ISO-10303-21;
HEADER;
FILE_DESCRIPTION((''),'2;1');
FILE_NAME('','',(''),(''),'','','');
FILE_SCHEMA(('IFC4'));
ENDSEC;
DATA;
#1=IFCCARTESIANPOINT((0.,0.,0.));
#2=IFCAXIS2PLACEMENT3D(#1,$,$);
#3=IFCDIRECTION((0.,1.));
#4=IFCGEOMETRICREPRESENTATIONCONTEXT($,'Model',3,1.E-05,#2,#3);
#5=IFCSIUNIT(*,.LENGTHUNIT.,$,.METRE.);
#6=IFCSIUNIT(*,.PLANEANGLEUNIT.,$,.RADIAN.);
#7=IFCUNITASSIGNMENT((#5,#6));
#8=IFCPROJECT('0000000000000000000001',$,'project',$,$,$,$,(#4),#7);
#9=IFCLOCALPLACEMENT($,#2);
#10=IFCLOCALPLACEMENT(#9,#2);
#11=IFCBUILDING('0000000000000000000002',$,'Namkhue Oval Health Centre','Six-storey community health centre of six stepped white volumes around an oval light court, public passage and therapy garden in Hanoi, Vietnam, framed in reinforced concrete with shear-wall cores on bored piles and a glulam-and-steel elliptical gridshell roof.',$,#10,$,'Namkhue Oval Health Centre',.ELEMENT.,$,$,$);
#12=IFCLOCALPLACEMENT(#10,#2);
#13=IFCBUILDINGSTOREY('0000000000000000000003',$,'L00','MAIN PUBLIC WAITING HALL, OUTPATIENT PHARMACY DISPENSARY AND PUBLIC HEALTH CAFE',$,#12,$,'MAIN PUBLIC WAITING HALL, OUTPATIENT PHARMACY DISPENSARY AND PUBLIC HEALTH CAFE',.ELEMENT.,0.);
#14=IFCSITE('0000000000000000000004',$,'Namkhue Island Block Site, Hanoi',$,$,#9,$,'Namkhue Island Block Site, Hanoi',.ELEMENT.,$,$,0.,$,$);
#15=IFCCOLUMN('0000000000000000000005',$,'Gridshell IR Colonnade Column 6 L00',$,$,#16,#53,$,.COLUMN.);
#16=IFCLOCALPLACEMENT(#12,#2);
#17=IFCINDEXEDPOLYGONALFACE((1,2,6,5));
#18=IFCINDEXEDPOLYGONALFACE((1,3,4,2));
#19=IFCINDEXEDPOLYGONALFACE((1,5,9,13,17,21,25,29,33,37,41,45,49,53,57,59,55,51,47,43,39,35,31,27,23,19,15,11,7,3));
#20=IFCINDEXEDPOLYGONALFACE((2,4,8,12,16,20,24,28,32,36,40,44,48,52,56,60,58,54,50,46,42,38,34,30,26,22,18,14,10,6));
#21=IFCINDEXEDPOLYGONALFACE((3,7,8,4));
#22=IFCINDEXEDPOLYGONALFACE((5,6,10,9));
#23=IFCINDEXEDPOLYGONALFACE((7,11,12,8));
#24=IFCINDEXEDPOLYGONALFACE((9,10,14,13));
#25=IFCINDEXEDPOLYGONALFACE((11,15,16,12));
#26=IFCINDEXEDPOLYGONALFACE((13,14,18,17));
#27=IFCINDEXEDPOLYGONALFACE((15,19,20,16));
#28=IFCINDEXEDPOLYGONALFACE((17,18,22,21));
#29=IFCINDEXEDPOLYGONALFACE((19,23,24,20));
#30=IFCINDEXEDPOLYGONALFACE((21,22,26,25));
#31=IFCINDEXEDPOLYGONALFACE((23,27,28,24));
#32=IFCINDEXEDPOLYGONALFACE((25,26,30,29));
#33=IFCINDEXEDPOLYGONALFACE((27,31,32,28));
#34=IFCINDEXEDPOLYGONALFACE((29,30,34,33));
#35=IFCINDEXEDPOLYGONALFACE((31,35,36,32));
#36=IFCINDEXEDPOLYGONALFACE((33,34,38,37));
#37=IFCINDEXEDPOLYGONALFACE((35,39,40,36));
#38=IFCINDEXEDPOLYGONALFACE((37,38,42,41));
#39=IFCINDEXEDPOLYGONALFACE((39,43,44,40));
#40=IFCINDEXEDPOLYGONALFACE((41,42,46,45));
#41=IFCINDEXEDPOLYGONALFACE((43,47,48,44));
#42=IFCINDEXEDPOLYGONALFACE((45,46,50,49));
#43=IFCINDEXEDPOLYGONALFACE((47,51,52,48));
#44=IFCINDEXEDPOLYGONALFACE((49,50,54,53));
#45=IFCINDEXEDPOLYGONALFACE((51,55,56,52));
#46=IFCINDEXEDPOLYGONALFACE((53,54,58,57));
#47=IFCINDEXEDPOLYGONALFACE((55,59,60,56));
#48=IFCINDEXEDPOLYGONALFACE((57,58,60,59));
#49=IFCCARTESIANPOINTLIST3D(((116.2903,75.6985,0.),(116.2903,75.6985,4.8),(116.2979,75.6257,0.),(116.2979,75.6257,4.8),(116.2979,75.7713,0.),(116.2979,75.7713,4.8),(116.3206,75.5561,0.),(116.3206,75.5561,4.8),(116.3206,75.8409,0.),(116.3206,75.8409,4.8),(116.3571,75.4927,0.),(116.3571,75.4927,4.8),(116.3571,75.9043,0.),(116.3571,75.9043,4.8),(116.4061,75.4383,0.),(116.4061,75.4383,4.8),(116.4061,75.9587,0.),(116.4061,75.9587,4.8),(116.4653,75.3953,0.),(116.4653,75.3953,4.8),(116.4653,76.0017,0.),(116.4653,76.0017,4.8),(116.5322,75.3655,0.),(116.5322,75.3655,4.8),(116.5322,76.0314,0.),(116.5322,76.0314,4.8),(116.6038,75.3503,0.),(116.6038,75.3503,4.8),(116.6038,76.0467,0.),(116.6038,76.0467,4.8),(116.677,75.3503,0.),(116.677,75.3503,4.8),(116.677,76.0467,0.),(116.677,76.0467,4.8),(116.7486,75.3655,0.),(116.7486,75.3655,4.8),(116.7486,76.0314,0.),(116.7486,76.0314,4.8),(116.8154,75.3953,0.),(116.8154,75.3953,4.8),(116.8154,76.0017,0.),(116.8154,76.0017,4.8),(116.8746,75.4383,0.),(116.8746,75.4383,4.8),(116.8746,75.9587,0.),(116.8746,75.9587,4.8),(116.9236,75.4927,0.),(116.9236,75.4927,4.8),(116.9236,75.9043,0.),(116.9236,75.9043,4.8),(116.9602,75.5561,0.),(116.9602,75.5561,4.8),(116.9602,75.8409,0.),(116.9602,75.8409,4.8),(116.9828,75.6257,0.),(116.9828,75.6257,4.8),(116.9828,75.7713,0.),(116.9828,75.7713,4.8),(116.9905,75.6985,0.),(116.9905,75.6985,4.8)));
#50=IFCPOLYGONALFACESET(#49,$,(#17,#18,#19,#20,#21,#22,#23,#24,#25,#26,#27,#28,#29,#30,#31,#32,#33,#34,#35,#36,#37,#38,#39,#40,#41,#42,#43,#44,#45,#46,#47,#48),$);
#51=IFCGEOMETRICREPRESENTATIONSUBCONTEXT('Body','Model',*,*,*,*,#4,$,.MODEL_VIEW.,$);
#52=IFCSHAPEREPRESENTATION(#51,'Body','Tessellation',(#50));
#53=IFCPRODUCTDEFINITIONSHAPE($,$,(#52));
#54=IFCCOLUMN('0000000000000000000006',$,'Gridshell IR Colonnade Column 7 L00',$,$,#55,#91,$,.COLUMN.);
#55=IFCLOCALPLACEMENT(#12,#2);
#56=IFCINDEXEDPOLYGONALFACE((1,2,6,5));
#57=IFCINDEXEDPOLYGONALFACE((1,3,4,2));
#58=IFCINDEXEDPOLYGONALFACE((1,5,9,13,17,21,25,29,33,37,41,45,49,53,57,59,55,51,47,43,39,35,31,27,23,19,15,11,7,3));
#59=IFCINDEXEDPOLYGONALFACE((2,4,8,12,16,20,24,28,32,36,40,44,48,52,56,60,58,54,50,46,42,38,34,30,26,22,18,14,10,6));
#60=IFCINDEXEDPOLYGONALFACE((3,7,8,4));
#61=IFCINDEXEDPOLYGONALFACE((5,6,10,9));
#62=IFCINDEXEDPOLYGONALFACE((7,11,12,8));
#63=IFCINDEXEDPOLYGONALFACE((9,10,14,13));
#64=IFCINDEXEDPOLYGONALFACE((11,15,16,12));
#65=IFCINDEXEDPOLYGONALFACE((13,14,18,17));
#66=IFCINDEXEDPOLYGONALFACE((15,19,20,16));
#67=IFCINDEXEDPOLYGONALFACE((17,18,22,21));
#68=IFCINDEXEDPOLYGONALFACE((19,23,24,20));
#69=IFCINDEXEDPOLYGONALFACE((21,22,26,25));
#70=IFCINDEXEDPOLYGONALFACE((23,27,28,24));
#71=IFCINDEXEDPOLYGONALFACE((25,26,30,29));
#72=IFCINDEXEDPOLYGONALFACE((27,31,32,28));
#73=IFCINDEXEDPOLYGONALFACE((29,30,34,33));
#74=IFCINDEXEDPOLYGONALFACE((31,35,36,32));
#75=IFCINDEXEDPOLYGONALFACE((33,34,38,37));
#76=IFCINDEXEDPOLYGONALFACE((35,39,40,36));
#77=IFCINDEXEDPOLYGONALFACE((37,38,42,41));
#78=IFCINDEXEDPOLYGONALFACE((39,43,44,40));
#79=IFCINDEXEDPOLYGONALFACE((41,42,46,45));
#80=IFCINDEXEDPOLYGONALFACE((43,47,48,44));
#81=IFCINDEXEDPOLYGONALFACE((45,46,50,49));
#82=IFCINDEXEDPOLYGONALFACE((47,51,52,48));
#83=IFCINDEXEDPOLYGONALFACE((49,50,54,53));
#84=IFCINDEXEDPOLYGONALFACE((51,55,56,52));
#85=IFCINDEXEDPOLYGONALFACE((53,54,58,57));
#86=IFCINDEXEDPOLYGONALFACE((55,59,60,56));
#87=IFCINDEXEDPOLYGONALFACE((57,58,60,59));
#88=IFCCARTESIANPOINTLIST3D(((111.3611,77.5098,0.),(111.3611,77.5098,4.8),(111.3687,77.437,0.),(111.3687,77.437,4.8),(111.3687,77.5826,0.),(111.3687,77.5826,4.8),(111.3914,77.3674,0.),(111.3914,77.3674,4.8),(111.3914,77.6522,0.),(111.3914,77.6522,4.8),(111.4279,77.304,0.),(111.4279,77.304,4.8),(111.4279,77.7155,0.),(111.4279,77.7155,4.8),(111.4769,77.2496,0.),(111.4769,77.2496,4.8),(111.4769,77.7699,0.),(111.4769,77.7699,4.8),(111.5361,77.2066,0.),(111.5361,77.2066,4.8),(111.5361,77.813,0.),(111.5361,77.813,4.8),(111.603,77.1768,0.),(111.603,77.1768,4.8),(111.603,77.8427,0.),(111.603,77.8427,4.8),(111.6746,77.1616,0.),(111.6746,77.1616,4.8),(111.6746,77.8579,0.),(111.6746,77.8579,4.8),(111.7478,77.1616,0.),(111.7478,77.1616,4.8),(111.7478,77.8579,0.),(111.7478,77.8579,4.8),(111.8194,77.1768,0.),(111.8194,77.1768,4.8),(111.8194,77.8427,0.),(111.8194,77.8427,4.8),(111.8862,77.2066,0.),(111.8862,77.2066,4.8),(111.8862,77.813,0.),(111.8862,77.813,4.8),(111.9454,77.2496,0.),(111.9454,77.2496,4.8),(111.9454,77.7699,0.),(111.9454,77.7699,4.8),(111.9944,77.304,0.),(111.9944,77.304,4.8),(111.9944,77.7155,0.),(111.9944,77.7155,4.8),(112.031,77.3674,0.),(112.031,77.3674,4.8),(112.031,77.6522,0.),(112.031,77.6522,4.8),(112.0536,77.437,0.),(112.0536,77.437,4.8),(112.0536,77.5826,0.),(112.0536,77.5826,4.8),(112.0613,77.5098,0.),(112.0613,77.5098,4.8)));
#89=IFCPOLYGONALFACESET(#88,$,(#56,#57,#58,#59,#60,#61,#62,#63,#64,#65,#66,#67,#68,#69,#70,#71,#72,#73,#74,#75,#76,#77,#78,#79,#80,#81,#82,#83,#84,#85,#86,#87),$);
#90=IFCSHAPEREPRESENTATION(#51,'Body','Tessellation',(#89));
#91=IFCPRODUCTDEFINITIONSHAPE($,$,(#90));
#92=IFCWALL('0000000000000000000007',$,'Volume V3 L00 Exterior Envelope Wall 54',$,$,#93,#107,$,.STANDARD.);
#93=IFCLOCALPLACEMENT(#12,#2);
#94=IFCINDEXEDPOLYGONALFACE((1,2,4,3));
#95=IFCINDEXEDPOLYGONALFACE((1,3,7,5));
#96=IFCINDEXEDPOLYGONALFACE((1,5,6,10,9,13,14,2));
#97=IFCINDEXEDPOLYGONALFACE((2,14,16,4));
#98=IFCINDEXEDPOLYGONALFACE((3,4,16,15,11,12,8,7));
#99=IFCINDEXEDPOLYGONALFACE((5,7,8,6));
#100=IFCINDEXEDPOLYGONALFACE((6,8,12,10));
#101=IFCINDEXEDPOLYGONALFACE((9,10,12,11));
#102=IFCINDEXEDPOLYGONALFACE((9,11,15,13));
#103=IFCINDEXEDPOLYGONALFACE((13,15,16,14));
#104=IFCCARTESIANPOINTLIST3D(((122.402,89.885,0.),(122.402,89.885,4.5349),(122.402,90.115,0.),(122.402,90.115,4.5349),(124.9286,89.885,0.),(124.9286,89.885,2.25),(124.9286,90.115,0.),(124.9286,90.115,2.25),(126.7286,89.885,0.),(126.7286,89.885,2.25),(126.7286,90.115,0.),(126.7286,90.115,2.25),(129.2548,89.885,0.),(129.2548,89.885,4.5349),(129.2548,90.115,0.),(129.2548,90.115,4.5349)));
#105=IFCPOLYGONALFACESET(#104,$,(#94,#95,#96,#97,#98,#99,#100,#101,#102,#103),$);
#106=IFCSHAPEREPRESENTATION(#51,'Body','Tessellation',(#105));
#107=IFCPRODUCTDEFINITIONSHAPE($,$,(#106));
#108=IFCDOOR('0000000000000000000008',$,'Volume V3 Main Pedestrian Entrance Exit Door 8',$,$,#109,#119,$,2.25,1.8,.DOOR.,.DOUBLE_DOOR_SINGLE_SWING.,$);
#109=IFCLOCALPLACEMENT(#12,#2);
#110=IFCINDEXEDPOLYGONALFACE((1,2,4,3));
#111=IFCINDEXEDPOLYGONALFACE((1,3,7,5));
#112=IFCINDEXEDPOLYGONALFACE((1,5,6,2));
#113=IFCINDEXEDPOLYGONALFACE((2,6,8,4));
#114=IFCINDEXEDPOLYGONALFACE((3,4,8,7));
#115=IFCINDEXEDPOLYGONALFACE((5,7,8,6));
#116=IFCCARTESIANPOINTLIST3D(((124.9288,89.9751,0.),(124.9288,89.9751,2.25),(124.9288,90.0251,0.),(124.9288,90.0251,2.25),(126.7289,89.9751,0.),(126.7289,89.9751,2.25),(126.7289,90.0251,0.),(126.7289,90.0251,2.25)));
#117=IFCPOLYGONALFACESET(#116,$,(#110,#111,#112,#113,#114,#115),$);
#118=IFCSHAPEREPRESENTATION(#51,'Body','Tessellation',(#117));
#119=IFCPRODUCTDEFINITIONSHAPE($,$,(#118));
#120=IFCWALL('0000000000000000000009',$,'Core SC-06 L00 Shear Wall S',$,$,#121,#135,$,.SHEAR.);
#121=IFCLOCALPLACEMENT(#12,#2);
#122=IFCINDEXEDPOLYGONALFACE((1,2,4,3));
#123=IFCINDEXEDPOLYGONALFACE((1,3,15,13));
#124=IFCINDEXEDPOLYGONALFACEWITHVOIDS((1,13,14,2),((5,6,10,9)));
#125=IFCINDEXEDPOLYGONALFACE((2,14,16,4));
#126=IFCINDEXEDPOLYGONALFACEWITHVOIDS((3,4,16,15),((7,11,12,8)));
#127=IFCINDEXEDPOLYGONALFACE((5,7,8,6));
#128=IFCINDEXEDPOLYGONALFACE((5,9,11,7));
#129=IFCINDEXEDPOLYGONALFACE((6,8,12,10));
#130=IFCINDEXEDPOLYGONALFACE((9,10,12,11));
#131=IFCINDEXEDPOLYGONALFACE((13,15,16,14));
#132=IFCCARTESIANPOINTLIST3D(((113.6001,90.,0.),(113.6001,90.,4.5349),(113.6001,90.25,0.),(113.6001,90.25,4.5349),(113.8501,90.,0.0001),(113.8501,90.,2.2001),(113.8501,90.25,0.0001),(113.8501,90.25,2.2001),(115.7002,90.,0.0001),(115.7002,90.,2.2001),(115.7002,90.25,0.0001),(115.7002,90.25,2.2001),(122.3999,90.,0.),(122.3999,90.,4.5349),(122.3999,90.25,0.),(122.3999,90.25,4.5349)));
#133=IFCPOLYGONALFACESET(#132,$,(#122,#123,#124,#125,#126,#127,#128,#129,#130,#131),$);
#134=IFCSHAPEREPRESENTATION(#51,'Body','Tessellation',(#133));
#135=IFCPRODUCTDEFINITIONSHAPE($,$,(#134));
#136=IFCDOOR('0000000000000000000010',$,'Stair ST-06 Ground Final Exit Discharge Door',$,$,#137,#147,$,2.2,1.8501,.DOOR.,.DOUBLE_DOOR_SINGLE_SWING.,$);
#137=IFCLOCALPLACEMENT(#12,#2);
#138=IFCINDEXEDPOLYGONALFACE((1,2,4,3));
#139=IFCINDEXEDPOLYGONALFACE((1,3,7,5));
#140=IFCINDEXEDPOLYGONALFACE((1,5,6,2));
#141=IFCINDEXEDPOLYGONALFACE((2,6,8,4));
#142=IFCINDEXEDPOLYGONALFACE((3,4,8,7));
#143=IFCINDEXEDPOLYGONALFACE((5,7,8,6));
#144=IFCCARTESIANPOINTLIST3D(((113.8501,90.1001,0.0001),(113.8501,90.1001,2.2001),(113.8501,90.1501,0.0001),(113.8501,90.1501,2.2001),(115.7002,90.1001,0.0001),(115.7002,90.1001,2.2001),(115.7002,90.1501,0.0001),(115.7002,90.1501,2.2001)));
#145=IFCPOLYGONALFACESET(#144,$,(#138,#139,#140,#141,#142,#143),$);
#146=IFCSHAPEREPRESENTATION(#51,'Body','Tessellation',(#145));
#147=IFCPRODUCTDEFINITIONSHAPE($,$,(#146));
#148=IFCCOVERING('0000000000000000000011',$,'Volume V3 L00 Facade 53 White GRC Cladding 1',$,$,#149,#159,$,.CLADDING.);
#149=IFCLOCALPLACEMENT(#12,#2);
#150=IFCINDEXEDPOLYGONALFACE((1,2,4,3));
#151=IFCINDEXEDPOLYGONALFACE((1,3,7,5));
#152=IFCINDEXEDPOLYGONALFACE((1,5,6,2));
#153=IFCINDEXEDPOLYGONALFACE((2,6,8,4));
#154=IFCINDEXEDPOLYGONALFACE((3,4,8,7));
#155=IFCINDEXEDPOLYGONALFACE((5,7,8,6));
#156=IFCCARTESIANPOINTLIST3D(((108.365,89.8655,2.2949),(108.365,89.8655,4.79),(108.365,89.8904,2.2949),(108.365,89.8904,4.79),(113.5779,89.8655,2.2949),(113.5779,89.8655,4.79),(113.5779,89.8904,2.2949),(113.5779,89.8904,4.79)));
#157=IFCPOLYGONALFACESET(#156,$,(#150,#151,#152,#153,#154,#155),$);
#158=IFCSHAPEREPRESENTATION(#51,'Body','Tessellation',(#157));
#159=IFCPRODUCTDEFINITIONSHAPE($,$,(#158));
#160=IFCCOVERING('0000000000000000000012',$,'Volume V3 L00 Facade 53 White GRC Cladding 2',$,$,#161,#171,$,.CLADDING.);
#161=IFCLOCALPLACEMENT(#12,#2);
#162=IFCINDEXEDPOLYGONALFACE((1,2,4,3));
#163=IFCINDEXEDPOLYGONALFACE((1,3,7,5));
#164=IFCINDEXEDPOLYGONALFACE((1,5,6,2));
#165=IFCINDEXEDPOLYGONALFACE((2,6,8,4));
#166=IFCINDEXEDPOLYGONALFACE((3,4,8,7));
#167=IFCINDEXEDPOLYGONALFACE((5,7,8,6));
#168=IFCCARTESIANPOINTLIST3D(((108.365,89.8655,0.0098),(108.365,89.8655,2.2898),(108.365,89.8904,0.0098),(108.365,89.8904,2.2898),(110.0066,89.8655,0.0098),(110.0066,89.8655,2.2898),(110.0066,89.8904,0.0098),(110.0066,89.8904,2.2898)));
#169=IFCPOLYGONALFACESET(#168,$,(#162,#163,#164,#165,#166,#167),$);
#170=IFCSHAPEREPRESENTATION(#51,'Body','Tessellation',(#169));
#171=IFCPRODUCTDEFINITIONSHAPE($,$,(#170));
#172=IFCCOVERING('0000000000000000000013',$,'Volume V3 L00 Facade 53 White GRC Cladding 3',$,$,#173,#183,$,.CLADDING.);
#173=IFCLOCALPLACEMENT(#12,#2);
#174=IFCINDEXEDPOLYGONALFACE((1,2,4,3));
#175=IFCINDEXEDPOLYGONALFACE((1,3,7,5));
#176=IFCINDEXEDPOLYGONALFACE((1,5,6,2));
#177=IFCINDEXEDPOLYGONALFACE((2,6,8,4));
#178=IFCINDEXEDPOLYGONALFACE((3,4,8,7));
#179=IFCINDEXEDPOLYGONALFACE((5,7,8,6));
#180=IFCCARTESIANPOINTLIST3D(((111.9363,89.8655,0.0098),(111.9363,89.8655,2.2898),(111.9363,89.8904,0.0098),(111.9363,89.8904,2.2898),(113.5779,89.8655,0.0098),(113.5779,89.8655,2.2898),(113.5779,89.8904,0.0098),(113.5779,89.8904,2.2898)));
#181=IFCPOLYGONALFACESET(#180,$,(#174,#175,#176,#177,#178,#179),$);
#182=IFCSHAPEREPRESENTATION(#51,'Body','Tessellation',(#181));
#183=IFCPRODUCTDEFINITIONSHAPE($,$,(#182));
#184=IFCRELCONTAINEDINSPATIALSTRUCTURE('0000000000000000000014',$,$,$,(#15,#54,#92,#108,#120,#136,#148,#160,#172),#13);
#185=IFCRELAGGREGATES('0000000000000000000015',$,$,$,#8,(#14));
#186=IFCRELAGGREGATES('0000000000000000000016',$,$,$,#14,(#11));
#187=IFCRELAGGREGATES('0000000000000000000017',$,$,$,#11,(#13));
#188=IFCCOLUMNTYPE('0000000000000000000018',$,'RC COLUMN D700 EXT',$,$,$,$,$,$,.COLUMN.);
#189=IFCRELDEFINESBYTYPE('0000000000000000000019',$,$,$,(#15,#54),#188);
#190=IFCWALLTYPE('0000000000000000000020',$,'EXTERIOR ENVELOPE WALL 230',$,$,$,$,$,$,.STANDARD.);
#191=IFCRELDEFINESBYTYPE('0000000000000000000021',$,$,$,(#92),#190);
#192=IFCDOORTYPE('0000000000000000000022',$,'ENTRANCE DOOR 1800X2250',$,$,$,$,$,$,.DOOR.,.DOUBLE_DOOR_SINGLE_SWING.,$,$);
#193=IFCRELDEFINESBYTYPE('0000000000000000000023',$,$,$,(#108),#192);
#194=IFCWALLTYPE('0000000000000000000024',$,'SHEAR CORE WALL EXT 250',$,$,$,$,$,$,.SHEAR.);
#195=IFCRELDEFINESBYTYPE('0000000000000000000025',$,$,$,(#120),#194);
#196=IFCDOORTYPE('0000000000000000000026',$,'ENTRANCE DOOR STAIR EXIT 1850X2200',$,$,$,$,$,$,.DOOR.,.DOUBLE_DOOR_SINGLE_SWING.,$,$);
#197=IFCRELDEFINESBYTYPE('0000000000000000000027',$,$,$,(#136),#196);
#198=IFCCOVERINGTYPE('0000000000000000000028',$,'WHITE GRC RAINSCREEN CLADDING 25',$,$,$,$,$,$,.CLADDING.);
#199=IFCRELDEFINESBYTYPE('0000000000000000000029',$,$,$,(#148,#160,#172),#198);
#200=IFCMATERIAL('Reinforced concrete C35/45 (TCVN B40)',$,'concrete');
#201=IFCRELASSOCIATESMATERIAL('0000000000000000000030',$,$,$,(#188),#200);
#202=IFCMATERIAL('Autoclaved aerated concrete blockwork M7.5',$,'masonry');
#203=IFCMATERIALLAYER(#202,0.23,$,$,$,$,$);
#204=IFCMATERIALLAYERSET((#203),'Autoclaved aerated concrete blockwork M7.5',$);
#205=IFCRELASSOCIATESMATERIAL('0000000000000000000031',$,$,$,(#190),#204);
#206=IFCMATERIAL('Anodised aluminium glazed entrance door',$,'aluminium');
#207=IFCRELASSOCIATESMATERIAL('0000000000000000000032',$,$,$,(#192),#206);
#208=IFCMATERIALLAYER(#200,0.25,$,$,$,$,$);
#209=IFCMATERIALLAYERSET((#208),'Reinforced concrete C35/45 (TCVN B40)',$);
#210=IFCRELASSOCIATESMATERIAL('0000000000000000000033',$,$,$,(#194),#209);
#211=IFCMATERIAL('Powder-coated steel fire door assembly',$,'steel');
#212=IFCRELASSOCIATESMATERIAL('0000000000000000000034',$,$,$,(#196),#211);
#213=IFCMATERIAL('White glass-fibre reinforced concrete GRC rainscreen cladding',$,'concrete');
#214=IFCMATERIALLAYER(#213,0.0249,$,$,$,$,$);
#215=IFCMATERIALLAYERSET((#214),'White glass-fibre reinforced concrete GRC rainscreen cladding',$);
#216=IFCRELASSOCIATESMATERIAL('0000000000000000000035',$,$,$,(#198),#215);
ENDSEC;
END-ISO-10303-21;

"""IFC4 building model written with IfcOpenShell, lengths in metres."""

from ifc_helpers import new_model, si_unit, direction, frame, frame_2d, origin, origin_2d, place, context, subcontext, project, spatial, rectangle, circle, extrude, material, layer, layer_set, material_profile, profile_set, type_object, element, fill, save


model = new_model("IFC4")

# Units and contexts
model_context = context("Model", 3, precision=1e-05, world=origin(), true_north=direction((0.0, 1.0)))
body_context = subcontext(model_context, "Body", "Model", "MODEL_VIEW")
ifc_project = project(units=[si_unit("LENGTHUNIT", "METRE"), si_unit("PLANEANGLEUNIT", "RADIAN")], contexts=[model_context])

# Site, building, storey
site_placement = place(None, origin())
site = spatial("IfcSite", under=ifc_project, at=site_placement, Name="Namkhue Island Block Site, Hanoi", LongName="Namkhue Island Block Site, Hanoi", CompositionType="ELEMENT", RefElevation=0.0)
building_placement = place(site_placement, origin())
building = spatial("IfcBuilding", under=site, at=building_placement, Name="Namkhue Oval Health Centre", Description="Six-storey community health centre of six stepped white volumes around an oval light court, public passage and therapy garden in Hanoi, Vietnam, framed in reinforced concrete with shear-wall cores on bored piles and a glulam-and-steel elliptical gridshell roof.", LongName="Namkhue Oval Health Centre", CompositionType="ELEMENT")
storey_placement = place(building_placement, origin())
storey = spatial("IfcBuildingStorey", under=building, at=storey_placement, Name="L00", Description="MAIN PUBLIC WAITING HALL, OUTPATIENT PHARMACY DISPENSARY AND PUBLIC HEALTH CAFE", LongName="MAIN PUBLIC WAITING HALL, OUTPATIENT PHARMACY DISPENSARY AND PUBLIC HEALTH CAFE", CompositionType="ELEMENT", Elevation=0.0)

# Columns
ifc_material_1 = material(Name="Reinforced concrete C35/45 (TCVN B40)", Category="concrete")
ifc_material_profile_1 = material_profile(ifc_material_1, circle(Radius=0.3501, at=origin_2d()), Name="RC D700")
ifc_profile_set_1 = profile_set([ifc_material_profile_1], Name="Reinforced concrete C35/45 (TCVN B40)")
column_type = type_object("IfcColumnType", Name="RC COLUMN D700 EXT", PredefinedType="COLUMN", material=ifc_profile_set_1)
for number, where, z_axis, x_axis, name in (
    (1, (116.6404, 75.6985, 0.0), (0.0, 0.0, 1.0), (1.0, 0.0, 0.0), "Gridshell IR Colonnade Column 6 L00"),
    (2, (111.7112, 77.5098, 0.0), (0.0, 0.0, 1.0), (1.0, 0.0, 0.0), "Gridshell IR Colonnade Column 7 L00"),
):
    element("IfcColumn", number, at=place(storey_placement, frame(where, z_axis=z_axis, x_axis=x_axis)), inside=storey, type_object=column_type, Name=name, PredefinedType="COLUMN", context=body_context, shape_type="SweptSolid", body=[
        extrude(circle(Radius=0.3501, at=origin_2d()), origin(), (0.0, 0.0, 1.0), 4.8),
    ])

# Walls, openings, doors
ifc_material_2 = material(Name="Autoclaved aerated concrete blockwork M7.5", Category="masonry")
ifc_layer_1 = layer(ifc_material_2, 0.23)
ifc_layer_set_1 = layer_set([ifc_layer_1], Name="Autoclaved aerated concrete blockwork M7.5")
wall_type_1 = type_object("IfcWallType", Name="EXTERIOR ENVELOPE WALL 230", PredefinedType="STANDARD", material=ifc_layer_set_1)
wall_1_placement = place(storey_placement, frame((122.4021, 90.0, 0.0), z_axis=(0.0, 0.0, 1.0), x_axis=(1.0, 0.0, 0.0)))
wall_1 = element("IfcWall", 3, at=wall_1_placement, inside=storey, type_object=wall_type_1, Name="Volume V3 L00 Exterior Envelope Wall 54", PredefinedType="STANDARD", context=body_context, shape_type="SweptSolid", body=[
    extrude(rectangle(XDim=6.8528, YDim=0.23, at=frame_2d((3.4263, 0.0))), origin(), (0.0, 0.0, 1.0), 4.5349),
])
opening_1_placement = place(wall_1_placement, frame((2.5266, 0.0, 0.0)))
opening_1 = element("IfcOpeningElement", 4, at=opening_1_placement, cuts=wall_1, PredefinedType="OPENING", context=body_context, shape_type="SweptSolid", body=[
    extrude(rectangle(XDim=1.8, YDim=2.25, at=frame_2d((0.8999, 1.125))), frame((0.0, 0.125, 0.0), z_axis=(0.0, -1.0, 0.0), x_axis=(1.0, 0.0, 0.0)), (0.0, 0.0, 1.0), 0.25),
])
ifc_material_3 = material(Name="Anodised aluminium glazed entrance door", Category="aluminium")
door_type_1 = type_object("IfcDoorType", Name="ENTRANCE DOOR 1800X2250", OperationType="DOUBLE_DOOR_SINGLE_SWING", PredefinedType="DOOR", material=ifc_material_3)
door_1_placement = place(opening_1_placement, frame((1.8, 0.0, 0.0), z_axis=(0.0, 0.0, 1.0), x_axis=(-1.0, 0.0, 0.0)))
door_1 = element("IfcDoor", 5, at=door_1_placement, inside=storey, type_object=door_type_1, Name="Volume V3 Main Pedestrian Entrance Exit Door 8", OperationType="DOUBLE_DOOR_SINGLE_SWING", OverallHeight=2.25, OverallWidth=1.8, PredefinedType="DOOR", context=body_context, shape_type="SweptSolid", body=[
    extrude(rectangle(XDim=1.8, YDim=2.25, at=frame_2d((0.8999, 1.125))), frame((0.0, 0.0249, 0.0), z_axis=(0.0, -1.0, 0.0), x_axis=(1.0, 0.0, 0.0)), (0.0, 0.0, 1.0), 0.05),
])
fill(opening_1, door_1)
ifc_layer_2 = layer(ifc_material_1, 0.25)
ifc_layer_set_2 = layer_set([ifc_layer_2], Name="Reinforced concrete C35/45 (TCVN B40)")
wall_type_2 = type_object("IfcWallType", Name="SHEAR CORE WALL EXT 250", PredefinedType="SHEAR", material=ifc_layer_set_2)
wall_2_placement = place(storey_placement, frame((113.6001, 90.125, 0.0), z_axis=(0.0, 0.0, 1.0), x_axis=(1.0, 0.0, 0.0)))
wall_2 = element("IfcWall", 6, at=wall_2_placement, inside=storey, type_object=wall_type_2, Name="Core SC-06 L00 Shear Wall S", PredefinedType="SHEAR", context=body_context, shape_type="SweptSolid", body=[
    extrude(rectangle(XDim=8.7998, YDim=0.25, at=frame_2d((4.3999, 0.0))), origin(), (0.0, 0.0, 1.0), 4.5349),
])
opening_2_placement = place(wall_2_placement, frame((0.25, 0.0, 0.0)))
opening_2 = element("IfcOpeningElement", 7, at=opening_2_placement, cuts=wall_2, PredefinedType="OPENING", context=body_context, shape_type="SweptSolid", body=[
    extrude(rectangle(XDim=1.8501, YDim=2.2, at=frame_2d((0.925, 1.1001))), frame((0.0, 0.135, 0.0), z_axis=(0.0, -1.0, 0.0), x_axis=(1.0, 0.0, 0.0)), (0.0, 0.0, 1.0), 0.27),
])
ifc_material_4 = material(Name="Powder-coated steel fire door assembly", Category="steel")
door_type_2 = type_object("IfcDoorType", Name="ENTRANCE DOOR STAIR EXIT 1850X2200", OperationType="DOUBLE_DOOR_SINGLE_SWING", PredefinedType="DOOR", material=ifc_material_4)
door_2_placement = place(opening_2_placement, frame((1.8501, 0.0, 0.0), z_axis=(0.0, 0.0, 1.0), x_axis=(-1.0, 0.0, 0.0)))
door_2 = element("IfcDoor", 8, at=door_2_placement, inside=storey, type_object=door_type_2, Name="Stair ST-06 Ground Final Exit Discharge Door", OperationType="DOUBLE_DOOR_SINGLE_SWING", OverallHeight=2.2, OverallWidth=1.8501, PredefinedType="DOOR", context=body_context, shape_type="SweptSolid", body=[
    extrude(rectangle(XDim=1.8501, YDim=2.2, at=frame_2d((0.925, 1.1001))), frame((0.0, 0.0249, 0.0), z_axis=(0.0, -1.0, 0.0), x_axis=(1.0, 0.0, 0.0)), (0.0, 0.0, 1.0), 0.05),
])
fill(opening_2, door_2)

# Coverings
ifc_material_5 = material(Name="White glass-fibre reinforced concrete GRC rainscreen cladding", Category="concrete")
ifc_layer_3 = layer(ifc_material_5, 0.0249)
ifc_layer_set_3 = layer_set([ifc_layer_3], Name="White glass-fibre reinforced concrete GRC rainscreen cladding")
covering_type = type_object("IfcCoveringType", Name="WHITE GRC RAINSCREEN CLADDING 25", PredefinedType="CLADDING", material=ifc_layer_set_3)
covering_1_placement = place(storey_placement, frame((110.9714, 89.8779, 2.2949), z_axis=(0.0, 0.0, 1.0), x_axis=(1.0, 0.0, 0.0)))
element("IfcCovering", 9, at=covering_1_placement, inside=storey, type_object=covering_type, Name="Volume V3 L00 Facade 53 White GRC Cladding 1", PredefinedType="CLADDING", context=body_context, shape_type="SweptSolid", body=[
    extrude(rectangle(XDim=5.2129, YDim=0.0249, at=origin_2d()), origin(), (0.0, 0.0, 1.0), 2.4951),
])
for number, where, z_axis, x_axis, name in (
    (10, (109.1858, 89.8779, 0.0098), (0.0, 0.0, 1.0), (1.0, 0.0, 0.0), "Volume V3 L00 Facade 53 White GRC Cladding 2"),
    (11, (112.7571, 89.8779, 0.0098), (0.0, 0.0, 1.0), (1.0, 0.0, 0.0), "Volume V3 L00 Facade 53 White GRC Cladding 3"),
):
    element("IfcCovering", number, at=place(storey_placement, frame(where, z_axis=z_axis, x_axis=x_axis)), inside=storey, type_object=covering_type, Name=name, PredefinedType="CLADDING", context=body_context, shape_type="SweptSolid", body=[
        extrude(rectangle(XDim=1.6416, YDim=0.0249, at=origin_2d()), origin(), (0.0, 0.0, 1.0), 2.28),
    ])

save(model, "model.ifc")
